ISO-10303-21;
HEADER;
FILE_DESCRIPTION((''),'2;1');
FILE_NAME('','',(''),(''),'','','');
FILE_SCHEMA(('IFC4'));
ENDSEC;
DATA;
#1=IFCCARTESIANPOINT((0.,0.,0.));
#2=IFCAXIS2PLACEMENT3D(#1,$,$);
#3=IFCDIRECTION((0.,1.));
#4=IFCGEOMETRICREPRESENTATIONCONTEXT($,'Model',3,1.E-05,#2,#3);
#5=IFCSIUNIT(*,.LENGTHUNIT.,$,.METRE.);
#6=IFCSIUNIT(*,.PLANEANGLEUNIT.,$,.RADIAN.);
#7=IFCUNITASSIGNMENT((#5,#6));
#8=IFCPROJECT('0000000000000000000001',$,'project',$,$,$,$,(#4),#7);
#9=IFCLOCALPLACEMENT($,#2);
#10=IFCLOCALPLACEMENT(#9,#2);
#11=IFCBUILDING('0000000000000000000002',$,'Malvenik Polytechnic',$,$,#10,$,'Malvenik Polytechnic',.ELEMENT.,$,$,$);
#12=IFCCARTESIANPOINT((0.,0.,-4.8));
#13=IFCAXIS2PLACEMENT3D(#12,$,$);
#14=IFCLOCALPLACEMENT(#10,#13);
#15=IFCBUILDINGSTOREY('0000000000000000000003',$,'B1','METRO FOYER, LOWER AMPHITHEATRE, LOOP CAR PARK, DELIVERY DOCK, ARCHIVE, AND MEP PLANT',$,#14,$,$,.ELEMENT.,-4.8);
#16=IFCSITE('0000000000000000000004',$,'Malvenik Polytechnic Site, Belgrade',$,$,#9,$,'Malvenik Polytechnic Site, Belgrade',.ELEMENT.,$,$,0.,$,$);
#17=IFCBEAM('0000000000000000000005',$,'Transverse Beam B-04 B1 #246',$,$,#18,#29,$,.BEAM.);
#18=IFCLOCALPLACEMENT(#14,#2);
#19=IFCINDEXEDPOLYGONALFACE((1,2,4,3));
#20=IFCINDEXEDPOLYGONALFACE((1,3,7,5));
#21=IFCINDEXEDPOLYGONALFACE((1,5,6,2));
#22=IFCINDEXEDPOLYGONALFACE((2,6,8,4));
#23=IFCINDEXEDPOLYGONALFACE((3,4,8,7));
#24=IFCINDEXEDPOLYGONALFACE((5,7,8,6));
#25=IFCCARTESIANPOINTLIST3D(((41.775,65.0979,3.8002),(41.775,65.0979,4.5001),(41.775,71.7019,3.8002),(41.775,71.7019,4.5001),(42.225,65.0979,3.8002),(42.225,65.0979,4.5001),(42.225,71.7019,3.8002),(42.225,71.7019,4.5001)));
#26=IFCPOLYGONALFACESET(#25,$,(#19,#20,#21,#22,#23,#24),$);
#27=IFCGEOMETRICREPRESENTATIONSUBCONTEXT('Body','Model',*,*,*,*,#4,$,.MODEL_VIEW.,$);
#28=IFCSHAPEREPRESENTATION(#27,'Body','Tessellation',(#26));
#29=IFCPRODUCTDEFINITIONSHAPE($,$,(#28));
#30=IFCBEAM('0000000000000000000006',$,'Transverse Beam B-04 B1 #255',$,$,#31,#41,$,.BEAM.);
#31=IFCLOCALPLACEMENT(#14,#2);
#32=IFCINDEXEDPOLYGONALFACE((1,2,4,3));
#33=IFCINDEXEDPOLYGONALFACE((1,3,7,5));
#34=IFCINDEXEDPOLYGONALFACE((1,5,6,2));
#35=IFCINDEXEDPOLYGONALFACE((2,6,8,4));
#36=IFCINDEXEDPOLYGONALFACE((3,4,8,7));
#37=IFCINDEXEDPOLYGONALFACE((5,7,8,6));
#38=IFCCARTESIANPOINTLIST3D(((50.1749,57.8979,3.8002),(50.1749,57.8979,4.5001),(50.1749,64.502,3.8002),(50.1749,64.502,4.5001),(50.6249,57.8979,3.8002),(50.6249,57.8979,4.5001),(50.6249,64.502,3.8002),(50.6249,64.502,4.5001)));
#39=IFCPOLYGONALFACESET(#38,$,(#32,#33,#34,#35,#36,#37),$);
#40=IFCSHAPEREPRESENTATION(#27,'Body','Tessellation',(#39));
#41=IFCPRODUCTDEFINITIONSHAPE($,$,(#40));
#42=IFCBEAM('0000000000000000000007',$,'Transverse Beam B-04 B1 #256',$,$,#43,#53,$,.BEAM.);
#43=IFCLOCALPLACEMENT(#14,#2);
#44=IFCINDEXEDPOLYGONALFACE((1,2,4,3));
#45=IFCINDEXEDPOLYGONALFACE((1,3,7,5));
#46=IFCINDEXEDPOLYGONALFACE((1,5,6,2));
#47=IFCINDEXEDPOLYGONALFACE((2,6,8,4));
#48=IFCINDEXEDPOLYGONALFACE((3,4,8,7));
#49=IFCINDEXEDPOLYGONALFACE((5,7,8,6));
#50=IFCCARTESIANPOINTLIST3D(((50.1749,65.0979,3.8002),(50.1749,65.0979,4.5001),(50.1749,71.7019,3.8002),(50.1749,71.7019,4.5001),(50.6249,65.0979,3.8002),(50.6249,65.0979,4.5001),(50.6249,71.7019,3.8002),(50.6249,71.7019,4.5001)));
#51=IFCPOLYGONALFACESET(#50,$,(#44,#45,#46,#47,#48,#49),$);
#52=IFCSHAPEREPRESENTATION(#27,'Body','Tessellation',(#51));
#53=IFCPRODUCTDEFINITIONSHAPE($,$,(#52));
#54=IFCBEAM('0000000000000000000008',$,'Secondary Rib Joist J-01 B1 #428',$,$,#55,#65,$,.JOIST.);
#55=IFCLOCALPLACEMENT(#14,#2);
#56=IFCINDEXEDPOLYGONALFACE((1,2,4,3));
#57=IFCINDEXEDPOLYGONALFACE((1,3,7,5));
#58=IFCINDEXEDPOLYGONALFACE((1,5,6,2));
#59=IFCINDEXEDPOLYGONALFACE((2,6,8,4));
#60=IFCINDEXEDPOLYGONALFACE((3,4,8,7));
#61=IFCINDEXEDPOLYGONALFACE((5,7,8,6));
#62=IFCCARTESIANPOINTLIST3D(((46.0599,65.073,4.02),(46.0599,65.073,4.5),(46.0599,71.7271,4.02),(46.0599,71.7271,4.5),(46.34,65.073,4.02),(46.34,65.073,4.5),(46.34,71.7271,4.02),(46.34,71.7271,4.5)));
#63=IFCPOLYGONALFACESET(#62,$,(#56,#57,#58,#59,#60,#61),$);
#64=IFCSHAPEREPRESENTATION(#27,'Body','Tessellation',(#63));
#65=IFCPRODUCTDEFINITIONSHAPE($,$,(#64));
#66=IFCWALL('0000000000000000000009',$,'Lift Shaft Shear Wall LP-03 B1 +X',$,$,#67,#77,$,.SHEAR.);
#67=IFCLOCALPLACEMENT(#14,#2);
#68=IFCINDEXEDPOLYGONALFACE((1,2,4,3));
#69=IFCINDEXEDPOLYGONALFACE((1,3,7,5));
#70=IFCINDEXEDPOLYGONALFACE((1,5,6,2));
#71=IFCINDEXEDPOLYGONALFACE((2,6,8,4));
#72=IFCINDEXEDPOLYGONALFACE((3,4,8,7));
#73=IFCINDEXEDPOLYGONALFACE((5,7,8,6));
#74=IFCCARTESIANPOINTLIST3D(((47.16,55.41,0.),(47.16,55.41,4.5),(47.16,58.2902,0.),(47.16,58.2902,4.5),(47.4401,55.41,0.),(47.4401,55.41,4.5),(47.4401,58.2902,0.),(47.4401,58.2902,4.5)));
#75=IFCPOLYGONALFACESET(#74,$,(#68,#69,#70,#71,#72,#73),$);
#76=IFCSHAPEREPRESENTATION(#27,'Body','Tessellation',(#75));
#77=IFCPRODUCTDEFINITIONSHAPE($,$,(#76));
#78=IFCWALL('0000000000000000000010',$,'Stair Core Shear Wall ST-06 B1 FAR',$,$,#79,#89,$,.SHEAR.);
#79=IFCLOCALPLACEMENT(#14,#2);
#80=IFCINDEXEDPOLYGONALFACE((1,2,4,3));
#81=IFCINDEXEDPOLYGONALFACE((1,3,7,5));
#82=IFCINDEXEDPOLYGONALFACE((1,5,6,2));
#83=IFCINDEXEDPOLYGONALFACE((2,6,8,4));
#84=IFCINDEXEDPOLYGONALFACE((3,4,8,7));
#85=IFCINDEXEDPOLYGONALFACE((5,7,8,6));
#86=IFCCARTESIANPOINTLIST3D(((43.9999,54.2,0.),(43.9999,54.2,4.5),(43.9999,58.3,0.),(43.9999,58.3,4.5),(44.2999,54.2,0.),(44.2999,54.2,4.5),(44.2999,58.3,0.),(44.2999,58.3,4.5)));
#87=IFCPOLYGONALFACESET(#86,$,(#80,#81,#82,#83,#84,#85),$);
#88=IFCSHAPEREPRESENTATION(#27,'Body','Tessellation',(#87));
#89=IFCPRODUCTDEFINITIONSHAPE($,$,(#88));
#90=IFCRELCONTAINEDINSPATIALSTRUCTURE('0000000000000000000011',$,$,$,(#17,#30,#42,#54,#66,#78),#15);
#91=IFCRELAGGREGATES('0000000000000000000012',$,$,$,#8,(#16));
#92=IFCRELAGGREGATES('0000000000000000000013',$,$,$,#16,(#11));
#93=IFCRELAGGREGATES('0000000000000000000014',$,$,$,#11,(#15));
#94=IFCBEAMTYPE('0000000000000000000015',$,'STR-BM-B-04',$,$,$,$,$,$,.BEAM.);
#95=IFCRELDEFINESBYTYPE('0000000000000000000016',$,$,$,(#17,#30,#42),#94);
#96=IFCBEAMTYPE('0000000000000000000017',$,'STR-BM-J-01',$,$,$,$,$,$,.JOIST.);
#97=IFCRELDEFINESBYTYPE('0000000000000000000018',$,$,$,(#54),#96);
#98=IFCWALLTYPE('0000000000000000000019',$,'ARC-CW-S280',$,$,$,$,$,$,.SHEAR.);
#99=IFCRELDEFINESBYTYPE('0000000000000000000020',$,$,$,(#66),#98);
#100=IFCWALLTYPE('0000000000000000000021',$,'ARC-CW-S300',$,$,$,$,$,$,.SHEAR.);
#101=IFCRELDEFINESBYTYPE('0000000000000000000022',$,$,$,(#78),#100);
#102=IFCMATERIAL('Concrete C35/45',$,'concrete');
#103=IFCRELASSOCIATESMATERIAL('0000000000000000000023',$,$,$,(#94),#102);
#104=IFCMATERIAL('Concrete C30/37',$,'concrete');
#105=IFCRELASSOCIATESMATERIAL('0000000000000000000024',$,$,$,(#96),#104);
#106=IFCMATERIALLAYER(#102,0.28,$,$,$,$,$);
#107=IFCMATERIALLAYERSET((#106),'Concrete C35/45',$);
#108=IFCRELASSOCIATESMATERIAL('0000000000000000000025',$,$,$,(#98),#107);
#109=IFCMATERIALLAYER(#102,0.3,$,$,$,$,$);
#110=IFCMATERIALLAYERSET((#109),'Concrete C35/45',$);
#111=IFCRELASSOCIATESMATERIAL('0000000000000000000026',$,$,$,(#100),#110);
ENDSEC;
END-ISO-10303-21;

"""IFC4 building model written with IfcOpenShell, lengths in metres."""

from ifc_helpers import new_model, si_unit, direction, frame, frame_2d, origin, origin_2d, place, context, subcontext, project, spatial, rectangle, extrude, material, layer, layer_set, material_profile, profile_set, type_object, element, save


model = new_model("IFC4")

# Units and contexts
model_context = context("Model", 3, precision=1e-05, world=origin(), true_north=direction((0.0, 1.0)))
body_context = subcontext(model_context, "Body", "Model", "MODEL_VIEW")
ifc_project = project(units=[si_unit("LENGTHUNIT", "METRE"), si_unit("PLANEANGLEUNIT", "RADIAN")], contexts=[model_context])

# Site, building, storey
site_placement = place(None, origin())
site = spatial("IfcSite", under=ifc_project, at=site_placement, Name="Malvenik Polytechnic Site, Belgrade", LongName="Malvenik Polytechnic Site, Belgrade", CompositionType="ELEMENT", RefElevation=0.0)
building_placement = place(site_placement, origin())
building = spatial("IfcBuilding", under=site, at=building_placement, Name="Malvenik Polytechnic", LongName="Malvenik Polytechnic", CompositionType="ELEMENT")
storey_placement = place(building_placement, frame((0.0, 0.0, -4.8)))
storey = spatial("IfcBuildingStorey", under=building, at=storey_placement, Name="B1", Description="METRO FOYER, LOWER AMPHITHEATRE, LOOP CAR PARK, DELIVERY DOCK, ARCHIVE, AND MEP PLANT", CompositionType="ELEMENT", Elevation=-4.8)

# Shared definitions
ifc_material_1 = material(Name="Concrete C35/45", Category="concrete")

# Beams
ifc_material_profile_1 = material_profile(ifc_material_1, rectangle(XDim=0.45, YDim=0.7, at=origin_2d()), Name="RC BM 450x700")
ifc_profile_set_1 = profile_set([ifc_material_profile_1], Name="Concrete C35/45")
beam_type_1 = type_object("IfcBeamType", Name="STR-BM-B-04", PredefinedType="BEAM", material=ifc_profile_set_1)
for number, where, z_axis, x_axis, name in (
    (1, (42.0, 65.0979, 4.1501), (0.0, 1.0, 0.0), (-1.0, 0.0, 0.0), "Transverse Beam B-04 B1 #246"),
    (2, (50.3999, 57.8979, 4.1501), (0.0, 1.0, 0.0), (-1.0, 0.0, 0.0), "Transverse Beam B-04 B1 #255"),
    (3, (50.3999, 65.0979, 4.1501), (0.0, 1.0, 0.0), (-1.0, 0.0, 0.0), "Transverse Beam B-04 B1 #256"),
):
    element("IfcBeam", number, at=place(storey_placement, frame(where, z_axis=z_axis, x_axis=x_axis)), inside=storey, type_object=beam_type_1, Name=name, PredefinedType="BEAM", context=body_context, shape_type="SweptSolid", body=[
        extrude(rectangle(XDim=0.45, YDim=0.7, at=origin_2d()), origin(), (0.0, 0.0, 1.0), 6.604),
    ])
ifc_material_2 = material(Name="Concrete C30/37", Category="concrete")
ifc_material_profile_2 = material_profile(ifc_material_2, rectangle(XDim=0.28, YDim=0.48, at=origin_2d()), Name="RC JST 280x480")
ifc_profile_set_2 = profile_set([ifc_material_profile_2], Name="Concrete C30/37")
beam_type_2 = type_object("IfcBeamType", Name="STR-BM-J-01", PredefinedType="JOIST", material=ifc_profile_set_2)
beam_placement = place(storey_placement, frame((46.2, 65.073, 4.26), z_axis=(0.0, 1.0, 0.0), x_axis=(-1.0, 0.0, 0.0)))
element("IfcBeam", 4, at=beam_placement, inside=storey, type_object=beam_type_2, Name="Secondary Rib Joist J-01 B1 #428", PredefinedType="JOIST", context=body_context, shape_type="SweptSolid", body=[
    extrude(rectangle(XDim=0.28, YDim=0.48, at=origin_2d()), origin(), (0.0, 0.0, 1.0), 6.6541),
])

# Shared definitions
ifc_layer_1 = layer(ifc_material_1, 0.28)
ifc_layer_set_1 = layer_set([ifc_layer_1], Name="Concrete C35/45")
wall_type_1 = type_object("IfcWallType", Name="ARC-CW-S280", PredefinedType="SHEAR", material=ifc_layer_set_1)

# Walls
wall_1_placement = place(storey_placement, frame((47.3, 58.29, 0.0), z_axis=(0.0, 0.0, 1.0), x_axis=(0.0, -1.0, 0.0)))
element("IfcWall", 5, at=wall_1_placement, inside=storey, type_object=wall_type_1, Name="Lift Shaft Shear Wall LP-03 B1 +X", PredefinedType="SHEAR", context=body_context, shape_type="SweptSolid", body=[
    extrude(rectangle(XDim=2.8801, YDim=0.28, at=frame_2d((1.4399, 0.0))), origin(), (0.0, 0.0, 1.0), 4.5),
])
ifc_layer_2 = layer(ifc_material_1, 0.3)
ifc_layer_set_2 = layer_set([ifc_layer_2], Name="Concrete C35/45")
wall_type_2 = type_object("IfcWallType", Name="ARC-CW-S300", PredefinedType="SHEAR", material=ifc_layer_set_2)
wall_2_placement = place(storey_placement, frame((44.1499, 58.3, 0.0), z_axis=(0.0, 0.0, 1.0), x_axis=(0.0, -1.0, 0.0)))
element("IfcWall", 6, at=wall_2_placement, inside=storey, type_object=wall_type_2, Name="Stair Core Shear Wall ST-06 B1 FAR", PredefinedType="SHEAR", context=body_context, shape_type="SweptSolid", body=[
    extrude(rectangle(XDim=4.1001, YDim=0.3, at=frame_2d((2.05, 0.0))), origin(), (0.0, 0.0, 1.0), 4.5),
])

save(model, "model.ifc")
